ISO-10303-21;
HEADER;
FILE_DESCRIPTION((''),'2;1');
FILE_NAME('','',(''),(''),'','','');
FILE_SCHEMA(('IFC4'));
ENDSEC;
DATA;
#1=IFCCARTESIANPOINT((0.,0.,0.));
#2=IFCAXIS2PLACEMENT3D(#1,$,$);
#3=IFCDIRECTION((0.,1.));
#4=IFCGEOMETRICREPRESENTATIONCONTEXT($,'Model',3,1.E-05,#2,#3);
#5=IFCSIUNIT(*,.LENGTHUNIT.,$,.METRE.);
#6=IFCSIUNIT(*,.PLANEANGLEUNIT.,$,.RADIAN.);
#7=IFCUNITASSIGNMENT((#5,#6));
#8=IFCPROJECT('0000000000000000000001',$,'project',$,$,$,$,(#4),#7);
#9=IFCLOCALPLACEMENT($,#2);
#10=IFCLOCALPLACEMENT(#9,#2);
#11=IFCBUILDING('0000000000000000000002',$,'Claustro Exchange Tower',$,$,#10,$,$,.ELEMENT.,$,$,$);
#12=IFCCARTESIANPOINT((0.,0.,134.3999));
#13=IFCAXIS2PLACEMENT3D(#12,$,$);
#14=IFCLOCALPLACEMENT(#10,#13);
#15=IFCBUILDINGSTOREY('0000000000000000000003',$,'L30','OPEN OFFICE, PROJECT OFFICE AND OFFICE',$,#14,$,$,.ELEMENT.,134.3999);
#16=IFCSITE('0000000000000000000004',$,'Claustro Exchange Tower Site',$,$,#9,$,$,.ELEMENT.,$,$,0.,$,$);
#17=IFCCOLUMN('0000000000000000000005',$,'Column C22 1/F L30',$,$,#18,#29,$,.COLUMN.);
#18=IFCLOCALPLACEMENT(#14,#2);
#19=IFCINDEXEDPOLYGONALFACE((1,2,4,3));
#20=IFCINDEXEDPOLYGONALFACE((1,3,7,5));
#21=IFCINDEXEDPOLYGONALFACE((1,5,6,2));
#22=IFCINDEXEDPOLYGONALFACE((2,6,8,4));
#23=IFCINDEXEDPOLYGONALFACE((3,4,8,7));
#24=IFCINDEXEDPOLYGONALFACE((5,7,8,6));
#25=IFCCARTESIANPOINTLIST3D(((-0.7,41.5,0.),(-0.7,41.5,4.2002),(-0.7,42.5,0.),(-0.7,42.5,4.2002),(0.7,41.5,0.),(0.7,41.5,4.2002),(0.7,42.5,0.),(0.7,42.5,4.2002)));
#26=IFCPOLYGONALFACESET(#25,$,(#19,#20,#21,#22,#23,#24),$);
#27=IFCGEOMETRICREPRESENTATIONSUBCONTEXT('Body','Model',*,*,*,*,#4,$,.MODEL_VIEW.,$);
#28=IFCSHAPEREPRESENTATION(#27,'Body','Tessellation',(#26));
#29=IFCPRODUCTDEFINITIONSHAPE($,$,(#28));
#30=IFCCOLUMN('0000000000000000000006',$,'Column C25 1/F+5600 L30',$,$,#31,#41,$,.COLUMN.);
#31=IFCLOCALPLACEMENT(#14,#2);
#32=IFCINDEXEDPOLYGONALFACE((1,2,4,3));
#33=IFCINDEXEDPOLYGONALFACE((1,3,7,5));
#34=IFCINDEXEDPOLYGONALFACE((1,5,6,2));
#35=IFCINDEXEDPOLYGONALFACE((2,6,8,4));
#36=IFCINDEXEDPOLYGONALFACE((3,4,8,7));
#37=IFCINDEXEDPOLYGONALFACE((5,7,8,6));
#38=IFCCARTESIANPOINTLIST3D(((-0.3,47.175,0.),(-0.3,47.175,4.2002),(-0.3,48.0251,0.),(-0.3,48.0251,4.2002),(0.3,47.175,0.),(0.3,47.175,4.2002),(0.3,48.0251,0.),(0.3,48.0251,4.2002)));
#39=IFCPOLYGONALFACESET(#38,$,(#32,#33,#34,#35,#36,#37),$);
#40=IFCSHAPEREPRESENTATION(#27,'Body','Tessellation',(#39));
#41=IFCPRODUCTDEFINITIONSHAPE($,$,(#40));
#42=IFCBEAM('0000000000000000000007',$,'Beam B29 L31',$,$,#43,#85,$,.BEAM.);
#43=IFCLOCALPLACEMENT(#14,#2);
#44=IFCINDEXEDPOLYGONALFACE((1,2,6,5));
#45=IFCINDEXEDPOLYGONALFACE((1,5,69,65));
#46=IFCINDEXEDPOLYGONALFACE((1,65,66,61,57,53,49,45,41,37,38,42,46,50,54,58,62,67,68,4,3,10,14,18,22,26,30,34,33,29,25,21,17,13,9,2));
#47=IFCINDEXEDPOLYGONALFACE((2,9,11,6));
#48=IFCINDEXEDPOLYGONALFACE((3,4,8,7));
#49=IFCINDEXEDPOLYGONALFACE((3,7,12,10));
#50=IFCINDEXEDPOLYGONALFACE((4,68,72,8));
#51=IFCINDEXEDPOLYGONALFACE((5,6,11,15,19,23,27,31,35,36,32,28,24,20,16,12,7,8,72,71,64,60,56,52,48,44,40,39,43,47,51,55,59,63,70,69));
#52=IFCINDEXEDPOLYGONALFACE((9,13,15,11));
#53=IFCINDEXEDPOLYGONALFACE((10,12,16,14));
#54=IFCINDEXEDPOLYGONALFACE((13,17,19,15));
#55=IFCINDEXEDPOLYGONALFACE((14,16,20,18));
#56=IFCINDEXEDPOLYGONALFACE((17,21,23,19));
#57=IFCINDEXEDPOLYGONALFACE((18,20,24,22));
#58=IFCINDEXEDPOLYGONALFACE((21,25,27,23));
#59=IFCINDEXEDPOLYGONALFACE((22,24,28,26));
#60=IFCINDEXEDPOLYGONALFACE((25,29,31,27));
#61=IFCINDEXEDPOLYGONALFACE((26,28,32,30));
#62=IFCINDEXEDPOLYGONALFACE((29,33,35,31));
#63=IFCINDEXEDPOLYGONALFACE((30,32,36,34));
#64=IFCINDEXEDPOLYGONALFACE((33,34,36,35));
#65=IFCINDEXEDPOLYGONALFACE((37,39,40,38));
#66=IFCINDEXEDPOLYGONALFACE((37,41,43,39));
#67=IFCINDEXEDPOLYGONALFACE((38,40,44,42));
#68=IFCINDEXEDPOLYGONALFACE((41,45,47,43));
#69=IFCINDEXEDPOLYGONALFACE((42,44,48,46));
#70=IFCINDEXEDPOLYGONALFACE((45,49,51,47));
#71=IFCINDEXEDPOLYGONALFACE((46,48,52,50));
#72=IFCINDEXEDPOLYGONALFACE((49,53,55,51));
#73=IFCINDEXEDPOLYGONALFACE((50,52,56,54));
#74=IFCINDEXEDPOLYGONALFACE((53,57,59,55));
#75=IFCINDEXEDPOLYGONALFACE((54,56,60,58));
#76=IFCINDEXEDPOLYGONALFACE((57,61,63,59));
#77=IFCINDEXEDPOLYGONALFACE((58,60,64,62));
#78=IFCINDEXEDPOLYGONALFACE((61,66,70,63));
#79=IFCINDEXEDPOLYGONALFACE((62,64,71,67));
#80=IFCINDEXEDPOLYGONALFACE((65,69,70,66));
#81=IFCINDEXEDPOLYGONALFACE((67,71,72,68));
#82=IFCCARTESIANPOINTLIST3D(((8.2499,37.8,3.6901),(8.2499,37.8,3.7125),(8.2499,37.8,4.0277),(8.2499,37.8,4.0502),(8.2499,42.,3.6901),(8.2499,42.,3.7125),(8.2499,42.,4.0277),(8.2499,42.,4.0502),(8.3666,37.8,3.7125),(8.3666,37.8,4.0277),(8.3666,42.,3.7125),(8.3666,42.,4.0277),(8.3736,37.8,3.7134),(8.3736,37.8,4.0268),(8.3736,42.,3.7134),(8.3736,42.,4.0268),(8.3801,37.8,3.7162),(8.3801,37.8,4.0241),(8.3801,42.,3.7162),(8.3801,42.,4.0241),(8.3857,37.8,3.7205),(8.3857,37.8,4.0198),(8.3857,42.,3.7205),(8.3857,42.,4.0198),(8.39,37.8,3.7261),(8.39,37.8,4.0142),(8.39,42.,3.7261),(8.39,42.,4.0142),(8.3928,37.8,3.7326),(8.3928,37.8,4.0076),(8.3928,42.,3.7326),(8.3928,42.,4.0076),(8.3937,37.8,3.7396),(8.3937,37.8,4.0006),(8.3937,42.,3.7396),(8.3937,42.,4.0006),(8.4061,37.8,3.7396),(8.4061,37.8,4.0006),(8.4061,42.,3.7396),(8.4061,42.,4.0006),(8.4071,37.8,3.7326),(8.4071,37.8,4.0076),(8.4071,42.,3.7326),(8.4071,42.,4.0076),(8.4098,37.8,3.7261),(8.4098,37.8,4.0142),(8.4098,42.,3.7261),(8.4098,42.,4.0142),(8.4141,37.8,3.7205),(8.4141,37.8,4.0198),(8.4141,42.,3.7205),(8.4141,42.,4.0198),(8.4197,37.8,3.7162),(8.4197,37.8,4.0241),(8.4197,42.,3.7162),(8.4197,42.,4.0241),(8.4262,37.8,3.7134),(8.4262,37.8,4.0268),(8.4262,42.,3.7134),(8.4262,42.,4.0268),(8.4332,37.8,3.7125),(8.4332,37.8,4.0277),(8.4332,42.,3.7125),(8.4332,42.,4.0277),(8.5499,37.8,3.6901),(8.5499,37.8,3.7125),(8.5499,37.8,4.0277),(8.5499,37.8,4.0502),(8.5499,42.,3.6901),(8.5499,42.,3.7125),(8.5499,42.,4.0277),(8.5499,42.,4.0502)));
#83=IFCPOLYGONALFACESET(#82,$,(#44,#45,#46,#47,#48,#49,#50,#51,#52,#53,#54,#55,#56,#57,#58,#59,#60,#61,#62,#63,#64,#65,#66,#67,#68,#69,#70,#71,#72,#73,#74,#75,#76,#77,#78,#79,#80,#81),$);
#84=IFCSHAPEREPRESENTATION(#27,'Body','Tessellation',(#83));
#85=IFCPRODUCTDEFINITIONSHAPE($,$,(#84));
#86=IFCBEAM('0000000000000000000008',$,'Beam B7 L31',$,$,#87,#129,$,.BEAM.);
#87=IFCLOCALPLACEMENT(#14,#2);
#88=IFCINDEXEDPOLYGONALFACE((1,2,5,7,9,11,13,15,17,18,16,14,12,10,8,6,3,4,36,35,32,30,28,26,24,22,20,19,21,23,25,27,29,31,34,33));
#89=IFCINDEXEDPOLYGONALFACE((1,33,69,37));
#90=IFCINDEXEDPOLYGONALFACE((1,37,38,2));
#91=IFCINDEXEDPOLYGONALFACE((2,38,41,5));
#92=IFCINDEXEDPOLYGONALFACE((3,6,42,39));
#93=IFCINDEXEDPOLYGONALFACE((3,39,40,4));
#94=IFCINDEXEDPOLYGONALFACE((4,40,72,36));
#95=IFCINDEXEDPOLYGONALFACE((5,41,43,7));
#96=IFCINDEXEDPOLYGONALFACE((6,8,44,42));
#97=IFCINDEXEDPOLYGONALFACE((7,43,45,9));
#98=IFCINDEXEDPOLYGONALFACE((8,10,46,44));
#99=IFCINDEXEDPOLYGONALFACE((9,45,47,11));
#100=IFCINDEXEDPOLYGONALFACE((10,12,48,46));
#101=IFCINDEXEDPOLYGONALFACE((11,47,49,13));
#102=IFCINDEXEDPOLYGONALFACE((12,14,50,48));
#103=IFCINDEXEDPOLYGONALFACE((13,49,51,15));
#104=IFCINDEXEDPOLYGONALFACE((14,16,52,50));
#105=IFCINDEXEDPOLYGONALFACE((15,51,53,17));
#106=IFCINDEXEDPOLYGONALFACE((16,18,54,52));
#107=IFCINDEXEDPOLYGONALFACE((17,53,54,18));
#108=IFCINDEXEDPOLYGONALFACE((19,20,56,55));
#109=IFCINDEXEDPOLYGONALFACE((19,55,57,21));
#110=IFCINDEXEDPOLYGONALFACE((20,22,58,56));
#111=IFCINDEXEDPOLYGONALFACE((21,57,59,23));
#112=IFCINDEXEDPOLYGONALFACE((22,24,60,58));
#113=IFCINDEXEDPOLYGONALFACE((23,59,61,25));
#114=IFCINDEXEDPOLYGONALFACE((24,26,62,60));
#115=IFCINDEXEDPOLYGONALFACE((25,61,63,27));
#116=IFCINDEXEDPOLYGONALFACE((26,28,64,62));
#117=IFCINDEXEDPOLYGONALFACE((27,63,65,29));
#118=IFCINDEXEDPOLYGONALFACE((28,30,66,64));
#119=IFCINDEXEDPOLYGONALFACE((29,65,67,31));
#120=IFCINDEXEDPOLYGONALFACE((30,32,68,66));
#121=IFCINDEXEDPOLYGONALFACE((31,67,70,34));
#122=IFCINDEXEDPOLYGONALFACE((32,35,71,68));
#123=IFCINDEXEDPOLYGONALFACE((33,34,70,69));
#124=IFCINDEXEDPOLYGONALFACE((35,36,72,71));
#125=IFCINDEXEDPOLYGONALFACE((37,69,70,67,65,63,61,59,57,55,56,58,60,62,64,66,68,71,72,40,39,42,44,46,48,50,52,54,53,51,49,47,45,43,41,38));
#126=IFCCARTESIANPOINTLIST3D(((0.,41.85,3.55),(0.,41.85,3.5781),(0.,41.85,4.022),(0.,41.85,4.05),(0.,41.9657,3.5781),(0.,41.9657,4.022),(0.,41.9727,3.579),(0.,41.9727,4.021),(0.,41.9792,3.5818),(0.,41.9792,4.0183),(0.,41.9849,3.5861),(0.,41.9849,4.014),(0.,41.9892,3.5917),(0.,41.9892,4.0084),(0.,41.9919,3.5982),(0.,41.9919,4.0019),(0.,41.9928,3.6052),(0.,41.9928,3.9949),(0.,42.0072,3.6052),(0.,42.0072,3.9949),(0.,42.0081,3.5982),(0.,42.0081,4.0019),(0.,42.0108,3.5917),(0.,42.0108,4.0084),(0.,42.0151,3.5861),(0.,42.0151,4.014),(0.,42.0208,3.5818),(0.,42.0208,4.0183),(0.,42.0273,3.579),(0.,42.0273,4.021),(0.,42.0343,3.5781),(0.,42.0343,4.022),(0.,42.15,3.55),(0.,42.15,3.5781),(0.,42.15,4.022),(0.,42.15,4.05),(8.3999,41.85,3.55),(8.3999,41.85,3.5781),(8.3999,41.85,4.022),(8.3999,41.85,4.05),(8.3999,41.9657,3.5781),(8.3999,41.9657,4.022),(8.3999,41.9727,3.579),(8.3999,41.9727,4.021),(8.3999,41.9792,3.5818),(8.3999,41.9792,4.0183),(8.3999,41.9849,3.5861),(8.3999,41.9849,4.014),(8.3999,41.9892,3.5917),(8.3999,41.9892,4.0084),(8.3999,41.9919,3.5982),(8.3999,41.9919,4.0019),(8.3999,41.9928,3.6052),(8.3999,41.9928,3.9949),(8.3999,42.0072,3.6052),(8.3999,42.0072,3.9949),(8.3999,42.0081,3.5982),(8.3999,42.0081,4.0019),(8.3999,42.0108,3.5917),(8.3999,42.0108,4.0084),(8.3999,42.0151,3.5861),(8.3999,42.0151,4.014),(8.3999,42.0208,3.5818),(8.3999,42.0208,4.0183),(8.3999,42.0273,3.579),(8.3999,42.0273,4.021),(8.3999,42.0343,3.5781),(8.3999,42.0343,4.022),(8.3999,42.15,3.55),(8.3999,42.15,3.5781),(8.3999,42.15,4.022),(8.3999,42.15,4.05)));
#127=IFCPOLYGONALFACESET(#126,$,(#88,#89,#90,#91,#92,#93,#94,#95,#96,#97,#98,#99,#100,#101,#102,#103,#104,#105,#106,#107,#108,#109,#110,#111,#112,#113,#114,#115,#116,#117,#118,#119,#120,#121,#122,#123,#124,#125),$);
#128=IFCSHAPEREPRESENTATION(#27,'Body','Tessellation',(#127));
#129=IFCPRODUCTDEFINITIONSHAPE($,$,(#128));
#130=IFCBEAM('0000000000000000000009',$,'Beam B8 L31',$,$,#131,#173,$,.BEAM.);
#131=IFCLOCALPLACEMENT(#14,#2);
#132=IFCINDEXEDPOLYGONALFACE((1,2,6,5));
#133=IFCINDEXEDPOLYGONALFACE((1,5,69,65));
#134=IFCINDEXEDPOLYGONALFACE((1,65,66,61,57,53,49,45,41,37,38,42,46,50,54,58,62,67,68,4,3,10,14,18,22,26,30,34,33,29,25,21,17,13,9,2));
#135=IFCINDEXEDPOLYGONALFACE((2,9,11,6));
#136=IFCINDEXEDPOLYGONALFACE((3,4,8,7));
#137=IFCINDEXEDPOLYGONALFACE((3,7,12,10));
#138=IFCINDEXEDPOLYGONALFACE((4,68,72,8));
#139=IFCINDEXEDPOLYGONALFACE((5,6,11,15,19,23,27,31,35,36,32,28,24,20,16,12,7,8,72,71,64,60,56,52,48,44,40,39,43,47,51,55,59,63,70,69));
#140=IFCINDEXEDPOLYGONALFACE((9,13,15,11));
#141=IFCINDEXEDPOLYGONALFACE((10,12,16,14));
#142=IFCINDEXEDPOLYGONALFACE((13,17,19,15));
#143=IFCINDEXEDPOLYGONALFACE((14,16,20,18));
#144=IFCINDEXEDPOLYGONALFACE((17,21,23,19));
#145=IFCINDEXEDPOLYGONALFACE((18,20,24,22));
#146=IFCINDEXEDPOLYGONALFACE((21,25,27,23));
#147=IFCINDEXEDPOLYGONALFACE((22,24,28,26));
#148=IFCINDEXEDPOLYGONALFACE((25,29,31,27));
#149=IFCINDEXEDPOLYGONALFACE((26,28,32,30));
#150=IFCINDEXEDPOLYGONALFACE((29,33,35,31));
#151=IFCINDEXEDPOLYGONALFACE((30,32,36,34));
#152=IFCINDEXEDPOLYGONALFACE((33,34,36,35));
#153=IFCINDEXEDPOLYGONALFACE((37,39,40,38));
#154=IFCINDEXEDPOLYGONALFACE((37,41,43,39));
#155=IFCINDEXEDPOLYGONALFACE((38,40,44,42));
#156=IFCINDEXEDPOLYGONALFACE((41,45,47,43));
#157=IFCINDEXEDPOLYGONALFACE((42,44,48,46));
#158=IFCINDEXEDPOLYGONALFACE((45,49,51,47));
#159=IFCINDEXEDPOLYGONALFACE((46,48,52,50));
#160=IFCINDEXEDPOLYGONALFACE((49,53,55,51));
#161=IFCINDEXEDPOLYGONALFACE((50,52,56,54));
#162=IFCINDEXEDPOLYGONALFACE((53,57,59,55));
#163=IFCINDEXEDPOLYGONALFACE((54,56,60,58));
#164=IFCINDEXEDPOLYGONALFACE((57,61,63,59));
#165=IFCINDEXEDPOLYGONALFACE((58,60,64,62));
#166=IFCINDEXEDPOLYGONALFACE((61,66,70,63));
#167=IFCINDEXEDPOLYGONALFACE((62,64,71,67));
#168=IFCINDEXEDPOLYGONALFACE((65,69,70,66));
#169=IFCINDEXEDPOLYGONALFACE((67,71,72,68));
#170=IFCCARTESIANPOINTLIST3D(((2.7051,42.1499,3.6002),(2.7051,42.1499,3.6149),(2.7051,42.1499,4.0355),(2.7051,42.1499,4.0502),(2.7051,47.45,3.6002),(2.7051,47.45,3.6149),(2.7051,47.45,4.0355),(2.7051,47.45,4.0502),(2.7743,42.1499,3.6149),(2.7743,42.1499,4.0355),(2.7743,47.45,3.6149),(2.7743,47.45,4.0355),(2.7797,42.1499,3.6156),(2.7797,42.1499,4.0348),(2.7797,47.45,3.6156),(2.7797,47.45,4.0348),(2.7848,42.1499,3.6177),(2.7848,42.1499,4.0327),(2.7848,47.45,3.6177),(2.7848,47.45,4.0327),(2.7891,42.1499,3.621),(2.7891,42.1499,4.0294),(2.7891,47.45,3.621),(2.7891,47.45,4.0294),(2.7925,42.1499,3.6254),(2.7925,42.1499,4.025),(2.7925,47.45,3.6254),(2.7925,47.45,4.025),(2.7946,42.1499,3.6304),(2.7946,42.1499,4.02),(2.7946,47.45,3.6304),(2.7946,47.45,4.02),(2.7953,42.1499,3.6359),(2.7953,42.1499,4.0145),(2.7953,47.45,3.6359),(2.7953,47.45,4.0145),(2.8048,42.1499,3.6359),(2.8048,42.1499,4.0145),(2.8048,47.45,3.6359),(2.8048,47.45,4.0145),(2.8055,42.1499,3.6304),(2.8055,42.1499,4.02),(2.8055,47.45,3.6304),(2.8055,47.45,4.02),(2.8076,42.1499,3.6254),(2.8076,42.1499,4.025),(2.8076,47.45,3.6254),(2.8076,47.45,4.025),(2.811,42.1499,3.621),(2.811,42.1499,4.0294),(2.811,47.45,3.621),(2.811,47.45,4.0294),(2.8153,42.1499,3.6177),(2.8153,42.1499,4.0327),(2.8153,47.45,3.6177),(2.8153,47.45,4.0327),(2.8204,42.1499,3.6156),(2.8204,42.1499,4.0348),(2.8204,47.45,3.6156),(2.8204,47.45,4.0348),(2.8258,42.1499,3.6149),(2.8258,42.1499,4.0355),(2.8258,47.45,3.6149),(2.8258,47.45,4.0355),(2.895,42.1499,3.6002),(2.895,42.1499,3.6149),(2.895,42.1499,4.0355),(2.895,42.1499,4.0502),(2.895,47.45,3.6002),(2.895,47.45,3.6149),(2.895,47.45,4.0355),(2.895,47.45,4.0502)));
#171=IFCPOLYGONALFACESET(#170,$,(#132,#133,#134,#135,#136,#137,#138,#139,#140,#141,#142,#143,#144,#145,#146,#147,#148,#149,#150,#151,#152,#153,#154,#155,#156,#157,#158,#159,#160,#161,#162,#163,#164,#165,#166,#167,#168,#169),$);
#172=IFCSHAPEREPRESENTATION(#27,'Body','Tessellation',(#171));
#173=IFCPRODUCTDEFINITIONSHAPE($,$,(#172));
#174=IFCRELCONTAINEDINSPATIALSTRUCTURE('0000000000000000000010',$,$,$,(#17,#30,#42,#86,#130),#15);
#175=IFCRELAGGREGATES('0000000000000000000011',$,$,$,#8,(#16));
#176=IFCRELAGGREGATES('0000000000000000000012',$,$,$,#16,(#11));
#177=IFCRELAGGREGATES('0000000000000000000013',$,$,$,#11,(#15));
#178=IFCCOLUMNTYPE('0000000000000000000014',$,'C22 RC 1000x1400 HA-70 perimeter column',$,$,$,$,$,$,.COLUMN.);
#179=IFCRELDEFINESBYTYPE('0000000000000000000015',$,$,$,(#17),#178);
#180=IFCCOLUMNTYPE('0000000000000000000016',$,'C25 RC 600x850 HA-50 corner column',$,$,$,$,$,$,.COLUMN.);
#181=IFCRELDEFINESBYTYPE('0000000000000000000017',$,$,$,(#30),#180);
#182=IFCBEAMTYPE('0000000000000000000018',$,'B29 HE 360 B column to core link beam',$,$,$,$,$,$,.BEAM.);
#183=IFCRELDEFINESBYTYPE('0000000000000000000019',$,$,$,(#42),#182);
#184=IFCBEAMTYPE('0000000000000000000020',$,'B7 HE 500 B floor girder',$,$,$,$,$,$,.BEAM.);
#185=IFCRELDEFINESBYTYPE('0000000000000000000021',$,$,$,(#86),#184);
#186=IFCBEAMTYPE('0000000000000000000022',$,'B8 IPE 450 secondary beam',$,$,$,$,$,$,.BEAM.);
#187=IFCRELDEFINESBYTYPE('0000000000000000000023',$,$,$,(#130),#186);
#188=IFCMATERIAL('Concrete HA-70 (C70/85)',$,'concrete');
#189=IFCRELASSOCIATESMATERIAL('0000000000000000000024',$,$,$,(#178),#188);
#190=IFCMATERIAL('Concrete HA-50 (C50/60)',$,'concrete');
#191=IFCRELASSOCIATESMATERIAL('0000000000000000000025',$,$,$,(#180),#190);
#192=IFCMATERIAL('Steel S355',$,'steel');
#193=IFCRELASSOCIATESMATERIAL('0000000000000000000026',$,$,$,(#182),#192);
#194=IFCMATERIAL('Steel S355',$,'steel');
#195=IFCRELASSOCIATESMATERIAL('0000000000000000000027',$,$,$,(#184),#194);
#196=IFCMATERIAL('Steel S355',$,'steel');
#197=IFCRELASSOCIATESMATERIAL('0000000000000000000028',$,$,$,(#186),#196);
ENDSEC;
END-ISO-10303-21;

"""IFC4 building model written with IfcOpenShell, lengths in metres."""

from ifc_helpers import new_model, si_unit, direction, frame, origin, origin_2d, place, context, subcontext, project, spatial, rectangle, i_section, extrude, material, material_profile, profile_set, type_object, element, save


model = new_model("IFC4")

# Units and contexts
model_context = context("Model", 3, precision=1e-05, world=origin(), true_north=direction((0.0, 1.0)))
body_context = subcontext(model_context, "Body", "Model", "MODEL_VIEW")
ifc_project = project(units=[si_unit("LENGTHUNIT", "METRE"), si_unit("PLANEANGLEUNIT", "RADIAN")], contexts=[model_context])

# Site, building, storey
site_placement = place(None, origin())
site = spatial("IfcSite", under=ifc_project, at=site_placement, Name="Claustro Exchange Tower Site", CompositionType="ELEMENT", RefElevation=0.0)
building_placement = place(site_placement, origin())
building = spatial("IfcBuilding", under=site, at=building_placement, Name="Claustro Exchange Tower", CompositionType="ELEMENT")
storey_placement = place(building_placement, frame((0.0, 0.0, 134.3999)))
storey = spatial("IfcBuildingStorey", under=building, at=storey_placement, Name="L30", Description="OPEN OFFICE, PROJECT OFFICE AND OFFICE", CompositionType="ELEMENT", Elevation=134.3999)

# Columns
ifc_material_1 = material(Name="Concrete HA-70 (C70/85)", Category="concrete")
ifc_material_profile_1 = material_profile(ifc_material_1, rectangle(XDim=1.0, YDim=1.3999, at=origin_2d()), Name="RC 1000x1400")
ifc_profile_set_1 = profile_set([ifc_material_profile_1], Name="Concrete HA-70 (C70/85)")
column_type_1 = type_object("IfcColumnType", Name="C22 RC 1000x1400 HA-70 perimeter column", PredefinedType="COLUMN", material=ifc_profile_set_1)
column_1_placement = place(storey_placement, frame((0.0, 42.0, 0.0), z_axis=(0.0, 0.0, 1.0), x_axis=(0.0, 1.0, 0.0)))
element("IfcColumn", 1, at=column_1_placement, inside=storey, type_object=column_type_1, Name="Column C22 1/F L30", PredefinedType="COLUMN", context=body_context, shape_type="SweptSolid", body=[
    extrude(rectangle(XDim=1.0, YDim=1.3999, at=origin_2d()), origin(), (0.0, 0.0, 1.0), 4.2002),
])
ifc_material_2 = material(Name="Concrete HA-50 (C50/60)", Category="concrete")
ifc_material_profile_2 = material_profile(ifc_material_2, rectangle(XDim=0.6001, YDim=0.8501, at=origin_2d()), Name="RC 600x850")
ifc_profile_set_2 = profile_set([ifc_material_profile_2], Name="Concrete HA-50 (C50/60)")
column_type_2 = type_object("IfcColumnType", Name="C25 RC 600x850 HA-50 corner column", PredefinedType="COLUMN", material=ifc_profile_set_2)
column_2_placement = place(storey_placement, frame((0.0, 47.6001, 0.0), z_axis=(0.0, 0.0, 1.0), x_axis=(1.0, 0.0, 0.0)))
element("IfcColumn", 2, at=column_2_placement, inside=storey, type_object=column_type_2, Name="Column C25 1/F+5600 L30", PredefinedType="COLUMN", context=body_context, shape_type="SweptSolid", body=[
    extrude(rectangle(XDim=0.6001, YDim=0.8501, at=origin_2d()), origin(), (0.0, 0.0, 1.0), 4.2002),
])

# Beams
ifc_material_3 = material(Name="Steel S355", Category="steel")
ifc_material_profile_3 = material_profile(ifc_material_3, i_section(OverallWidth=0.3, OverallDepth=0.3601, WebThickness=0.0125, FlangeThickness=0.0225, FilletRadius=0.0271, at=origin_2d()), Name="HE 360 B")
ifc_profile_set_3 = profile_set([ifc_material_profile_3], Name="Steel S355")
beam_type_1 = type_object("IfcBeamType", Name="B29 HE 360 B column to core link beam", PredefinedType="BEAM", material=ifc_profile_set_3)
beam_1_placement = place(storey_placement, frame((8.3999, 37.8, 3.8701), z_axis=(0.0, 1.0, 0.0), x_axis=(-1.0, 0.0, 0.0)))
element("IfcBeam", 3, at=beam_1_placement, inside=storey, type_object=beam_type_1, Name="Beam B29 L31", PredefinedType="BEAM", context=body_context, shape_type="SweptSolid", body=[
    extrude(i_section(OverallWidth=0.3, OverallDepth=0.3601, WebThickness=0.0125, FlangeThickness=0.0225, FilletRadius=0.0271, at=origin_2d()), origin(), (0.0, 0.0, 1.0), 4.2),
])
ifc_material_4 = material(Name="Steel S355", Category="steel")
ifc_material_profile_4 = material_profile(ifc_material_4, i_section(OverallWidth=0.3, OverallDepth=0.5, WebThickness=0.0144, FlangeThickness=0.0281, FilletRadius=0.0271, at=origin_2d()), Name="HE 500 B")
ifc_profile_set_4 = profile_set([ifc_material_profile_4], Name="Steel S355")
beam_type_2 = type_object("IfcBeamType", Name="B7 HE 500 B floor girder", PredefinedType="BEAM", material=ifc_profile_set_4)
beam_2_placement = place(storey_placement, frame((0.0, 42.0, 3.8), z_axis=(1.0, 0.0, 0.0), x_axis=(0.0, 1.0, 0.0)))
element("IfcBeam", 4, at=beam_2_placement, inside=storey, type_object=beam_type_2, Name="Beam B7 L31", PredefinedType="BEAM", context=body_context, shape_type="SweptSolid", body=[
    extrude(i_section(OverallWidth=0.3, OverallDepth=0.5, WebThickness=0.0144, FlangeThickness=0.0281, FilletRadius=0.0271, at=origin_2d()), origin(), (0.0, 0.0, 1.0), 8.3999),
])
ifc_material_5 = material(Name="Steel S355", Category="steel")
ifc_material_profile_5 = material_profile(ifc_material_5, i_section(OverallWidth=0.1899, OverallDepth=0.45, WebThickness=0.0095, FlangeThickness=0.0146, FilletRadius=0.021, at=origin_2d()), Name="IPE 450")
ifc_profile_set_5 = profile_set([ifc_material_profile_5], Name="Steel S355")
beam_type_3 = type_object("IfcBeamType", Name="B8 IPE 450 secondary beam", PredefinedType="BEAM", material=ifc_profile_set_5)
for number, where, z_axis, x_axis, name in (
    (5, (2.8, 42.1499, 3.8252), (0.0, 1.0, 0.0), (-1.0, 0.0, 0.0), "Beam B8 L31"),
):
    element("IfcBeam", number, at=place(storey_placement, frame(where, z_axis=z_axis, x_axis=x_axis)), inside=storey, type_object=beam_type_3, Name=name, PredefinedType="BEAM", context=body_context, shape_type="SweptSolid", body=[
        extrude(i_section(OverallWidth=0.1899, OverallDepth=0.45, WebThickness=0.0095, FlangeThickness=0.0146, FilletRadius=0.021, at=origin_2d()), origin(), (0.0, 0.0, 1.0), 5.3),
    ])

save(model, "model.ifc")
